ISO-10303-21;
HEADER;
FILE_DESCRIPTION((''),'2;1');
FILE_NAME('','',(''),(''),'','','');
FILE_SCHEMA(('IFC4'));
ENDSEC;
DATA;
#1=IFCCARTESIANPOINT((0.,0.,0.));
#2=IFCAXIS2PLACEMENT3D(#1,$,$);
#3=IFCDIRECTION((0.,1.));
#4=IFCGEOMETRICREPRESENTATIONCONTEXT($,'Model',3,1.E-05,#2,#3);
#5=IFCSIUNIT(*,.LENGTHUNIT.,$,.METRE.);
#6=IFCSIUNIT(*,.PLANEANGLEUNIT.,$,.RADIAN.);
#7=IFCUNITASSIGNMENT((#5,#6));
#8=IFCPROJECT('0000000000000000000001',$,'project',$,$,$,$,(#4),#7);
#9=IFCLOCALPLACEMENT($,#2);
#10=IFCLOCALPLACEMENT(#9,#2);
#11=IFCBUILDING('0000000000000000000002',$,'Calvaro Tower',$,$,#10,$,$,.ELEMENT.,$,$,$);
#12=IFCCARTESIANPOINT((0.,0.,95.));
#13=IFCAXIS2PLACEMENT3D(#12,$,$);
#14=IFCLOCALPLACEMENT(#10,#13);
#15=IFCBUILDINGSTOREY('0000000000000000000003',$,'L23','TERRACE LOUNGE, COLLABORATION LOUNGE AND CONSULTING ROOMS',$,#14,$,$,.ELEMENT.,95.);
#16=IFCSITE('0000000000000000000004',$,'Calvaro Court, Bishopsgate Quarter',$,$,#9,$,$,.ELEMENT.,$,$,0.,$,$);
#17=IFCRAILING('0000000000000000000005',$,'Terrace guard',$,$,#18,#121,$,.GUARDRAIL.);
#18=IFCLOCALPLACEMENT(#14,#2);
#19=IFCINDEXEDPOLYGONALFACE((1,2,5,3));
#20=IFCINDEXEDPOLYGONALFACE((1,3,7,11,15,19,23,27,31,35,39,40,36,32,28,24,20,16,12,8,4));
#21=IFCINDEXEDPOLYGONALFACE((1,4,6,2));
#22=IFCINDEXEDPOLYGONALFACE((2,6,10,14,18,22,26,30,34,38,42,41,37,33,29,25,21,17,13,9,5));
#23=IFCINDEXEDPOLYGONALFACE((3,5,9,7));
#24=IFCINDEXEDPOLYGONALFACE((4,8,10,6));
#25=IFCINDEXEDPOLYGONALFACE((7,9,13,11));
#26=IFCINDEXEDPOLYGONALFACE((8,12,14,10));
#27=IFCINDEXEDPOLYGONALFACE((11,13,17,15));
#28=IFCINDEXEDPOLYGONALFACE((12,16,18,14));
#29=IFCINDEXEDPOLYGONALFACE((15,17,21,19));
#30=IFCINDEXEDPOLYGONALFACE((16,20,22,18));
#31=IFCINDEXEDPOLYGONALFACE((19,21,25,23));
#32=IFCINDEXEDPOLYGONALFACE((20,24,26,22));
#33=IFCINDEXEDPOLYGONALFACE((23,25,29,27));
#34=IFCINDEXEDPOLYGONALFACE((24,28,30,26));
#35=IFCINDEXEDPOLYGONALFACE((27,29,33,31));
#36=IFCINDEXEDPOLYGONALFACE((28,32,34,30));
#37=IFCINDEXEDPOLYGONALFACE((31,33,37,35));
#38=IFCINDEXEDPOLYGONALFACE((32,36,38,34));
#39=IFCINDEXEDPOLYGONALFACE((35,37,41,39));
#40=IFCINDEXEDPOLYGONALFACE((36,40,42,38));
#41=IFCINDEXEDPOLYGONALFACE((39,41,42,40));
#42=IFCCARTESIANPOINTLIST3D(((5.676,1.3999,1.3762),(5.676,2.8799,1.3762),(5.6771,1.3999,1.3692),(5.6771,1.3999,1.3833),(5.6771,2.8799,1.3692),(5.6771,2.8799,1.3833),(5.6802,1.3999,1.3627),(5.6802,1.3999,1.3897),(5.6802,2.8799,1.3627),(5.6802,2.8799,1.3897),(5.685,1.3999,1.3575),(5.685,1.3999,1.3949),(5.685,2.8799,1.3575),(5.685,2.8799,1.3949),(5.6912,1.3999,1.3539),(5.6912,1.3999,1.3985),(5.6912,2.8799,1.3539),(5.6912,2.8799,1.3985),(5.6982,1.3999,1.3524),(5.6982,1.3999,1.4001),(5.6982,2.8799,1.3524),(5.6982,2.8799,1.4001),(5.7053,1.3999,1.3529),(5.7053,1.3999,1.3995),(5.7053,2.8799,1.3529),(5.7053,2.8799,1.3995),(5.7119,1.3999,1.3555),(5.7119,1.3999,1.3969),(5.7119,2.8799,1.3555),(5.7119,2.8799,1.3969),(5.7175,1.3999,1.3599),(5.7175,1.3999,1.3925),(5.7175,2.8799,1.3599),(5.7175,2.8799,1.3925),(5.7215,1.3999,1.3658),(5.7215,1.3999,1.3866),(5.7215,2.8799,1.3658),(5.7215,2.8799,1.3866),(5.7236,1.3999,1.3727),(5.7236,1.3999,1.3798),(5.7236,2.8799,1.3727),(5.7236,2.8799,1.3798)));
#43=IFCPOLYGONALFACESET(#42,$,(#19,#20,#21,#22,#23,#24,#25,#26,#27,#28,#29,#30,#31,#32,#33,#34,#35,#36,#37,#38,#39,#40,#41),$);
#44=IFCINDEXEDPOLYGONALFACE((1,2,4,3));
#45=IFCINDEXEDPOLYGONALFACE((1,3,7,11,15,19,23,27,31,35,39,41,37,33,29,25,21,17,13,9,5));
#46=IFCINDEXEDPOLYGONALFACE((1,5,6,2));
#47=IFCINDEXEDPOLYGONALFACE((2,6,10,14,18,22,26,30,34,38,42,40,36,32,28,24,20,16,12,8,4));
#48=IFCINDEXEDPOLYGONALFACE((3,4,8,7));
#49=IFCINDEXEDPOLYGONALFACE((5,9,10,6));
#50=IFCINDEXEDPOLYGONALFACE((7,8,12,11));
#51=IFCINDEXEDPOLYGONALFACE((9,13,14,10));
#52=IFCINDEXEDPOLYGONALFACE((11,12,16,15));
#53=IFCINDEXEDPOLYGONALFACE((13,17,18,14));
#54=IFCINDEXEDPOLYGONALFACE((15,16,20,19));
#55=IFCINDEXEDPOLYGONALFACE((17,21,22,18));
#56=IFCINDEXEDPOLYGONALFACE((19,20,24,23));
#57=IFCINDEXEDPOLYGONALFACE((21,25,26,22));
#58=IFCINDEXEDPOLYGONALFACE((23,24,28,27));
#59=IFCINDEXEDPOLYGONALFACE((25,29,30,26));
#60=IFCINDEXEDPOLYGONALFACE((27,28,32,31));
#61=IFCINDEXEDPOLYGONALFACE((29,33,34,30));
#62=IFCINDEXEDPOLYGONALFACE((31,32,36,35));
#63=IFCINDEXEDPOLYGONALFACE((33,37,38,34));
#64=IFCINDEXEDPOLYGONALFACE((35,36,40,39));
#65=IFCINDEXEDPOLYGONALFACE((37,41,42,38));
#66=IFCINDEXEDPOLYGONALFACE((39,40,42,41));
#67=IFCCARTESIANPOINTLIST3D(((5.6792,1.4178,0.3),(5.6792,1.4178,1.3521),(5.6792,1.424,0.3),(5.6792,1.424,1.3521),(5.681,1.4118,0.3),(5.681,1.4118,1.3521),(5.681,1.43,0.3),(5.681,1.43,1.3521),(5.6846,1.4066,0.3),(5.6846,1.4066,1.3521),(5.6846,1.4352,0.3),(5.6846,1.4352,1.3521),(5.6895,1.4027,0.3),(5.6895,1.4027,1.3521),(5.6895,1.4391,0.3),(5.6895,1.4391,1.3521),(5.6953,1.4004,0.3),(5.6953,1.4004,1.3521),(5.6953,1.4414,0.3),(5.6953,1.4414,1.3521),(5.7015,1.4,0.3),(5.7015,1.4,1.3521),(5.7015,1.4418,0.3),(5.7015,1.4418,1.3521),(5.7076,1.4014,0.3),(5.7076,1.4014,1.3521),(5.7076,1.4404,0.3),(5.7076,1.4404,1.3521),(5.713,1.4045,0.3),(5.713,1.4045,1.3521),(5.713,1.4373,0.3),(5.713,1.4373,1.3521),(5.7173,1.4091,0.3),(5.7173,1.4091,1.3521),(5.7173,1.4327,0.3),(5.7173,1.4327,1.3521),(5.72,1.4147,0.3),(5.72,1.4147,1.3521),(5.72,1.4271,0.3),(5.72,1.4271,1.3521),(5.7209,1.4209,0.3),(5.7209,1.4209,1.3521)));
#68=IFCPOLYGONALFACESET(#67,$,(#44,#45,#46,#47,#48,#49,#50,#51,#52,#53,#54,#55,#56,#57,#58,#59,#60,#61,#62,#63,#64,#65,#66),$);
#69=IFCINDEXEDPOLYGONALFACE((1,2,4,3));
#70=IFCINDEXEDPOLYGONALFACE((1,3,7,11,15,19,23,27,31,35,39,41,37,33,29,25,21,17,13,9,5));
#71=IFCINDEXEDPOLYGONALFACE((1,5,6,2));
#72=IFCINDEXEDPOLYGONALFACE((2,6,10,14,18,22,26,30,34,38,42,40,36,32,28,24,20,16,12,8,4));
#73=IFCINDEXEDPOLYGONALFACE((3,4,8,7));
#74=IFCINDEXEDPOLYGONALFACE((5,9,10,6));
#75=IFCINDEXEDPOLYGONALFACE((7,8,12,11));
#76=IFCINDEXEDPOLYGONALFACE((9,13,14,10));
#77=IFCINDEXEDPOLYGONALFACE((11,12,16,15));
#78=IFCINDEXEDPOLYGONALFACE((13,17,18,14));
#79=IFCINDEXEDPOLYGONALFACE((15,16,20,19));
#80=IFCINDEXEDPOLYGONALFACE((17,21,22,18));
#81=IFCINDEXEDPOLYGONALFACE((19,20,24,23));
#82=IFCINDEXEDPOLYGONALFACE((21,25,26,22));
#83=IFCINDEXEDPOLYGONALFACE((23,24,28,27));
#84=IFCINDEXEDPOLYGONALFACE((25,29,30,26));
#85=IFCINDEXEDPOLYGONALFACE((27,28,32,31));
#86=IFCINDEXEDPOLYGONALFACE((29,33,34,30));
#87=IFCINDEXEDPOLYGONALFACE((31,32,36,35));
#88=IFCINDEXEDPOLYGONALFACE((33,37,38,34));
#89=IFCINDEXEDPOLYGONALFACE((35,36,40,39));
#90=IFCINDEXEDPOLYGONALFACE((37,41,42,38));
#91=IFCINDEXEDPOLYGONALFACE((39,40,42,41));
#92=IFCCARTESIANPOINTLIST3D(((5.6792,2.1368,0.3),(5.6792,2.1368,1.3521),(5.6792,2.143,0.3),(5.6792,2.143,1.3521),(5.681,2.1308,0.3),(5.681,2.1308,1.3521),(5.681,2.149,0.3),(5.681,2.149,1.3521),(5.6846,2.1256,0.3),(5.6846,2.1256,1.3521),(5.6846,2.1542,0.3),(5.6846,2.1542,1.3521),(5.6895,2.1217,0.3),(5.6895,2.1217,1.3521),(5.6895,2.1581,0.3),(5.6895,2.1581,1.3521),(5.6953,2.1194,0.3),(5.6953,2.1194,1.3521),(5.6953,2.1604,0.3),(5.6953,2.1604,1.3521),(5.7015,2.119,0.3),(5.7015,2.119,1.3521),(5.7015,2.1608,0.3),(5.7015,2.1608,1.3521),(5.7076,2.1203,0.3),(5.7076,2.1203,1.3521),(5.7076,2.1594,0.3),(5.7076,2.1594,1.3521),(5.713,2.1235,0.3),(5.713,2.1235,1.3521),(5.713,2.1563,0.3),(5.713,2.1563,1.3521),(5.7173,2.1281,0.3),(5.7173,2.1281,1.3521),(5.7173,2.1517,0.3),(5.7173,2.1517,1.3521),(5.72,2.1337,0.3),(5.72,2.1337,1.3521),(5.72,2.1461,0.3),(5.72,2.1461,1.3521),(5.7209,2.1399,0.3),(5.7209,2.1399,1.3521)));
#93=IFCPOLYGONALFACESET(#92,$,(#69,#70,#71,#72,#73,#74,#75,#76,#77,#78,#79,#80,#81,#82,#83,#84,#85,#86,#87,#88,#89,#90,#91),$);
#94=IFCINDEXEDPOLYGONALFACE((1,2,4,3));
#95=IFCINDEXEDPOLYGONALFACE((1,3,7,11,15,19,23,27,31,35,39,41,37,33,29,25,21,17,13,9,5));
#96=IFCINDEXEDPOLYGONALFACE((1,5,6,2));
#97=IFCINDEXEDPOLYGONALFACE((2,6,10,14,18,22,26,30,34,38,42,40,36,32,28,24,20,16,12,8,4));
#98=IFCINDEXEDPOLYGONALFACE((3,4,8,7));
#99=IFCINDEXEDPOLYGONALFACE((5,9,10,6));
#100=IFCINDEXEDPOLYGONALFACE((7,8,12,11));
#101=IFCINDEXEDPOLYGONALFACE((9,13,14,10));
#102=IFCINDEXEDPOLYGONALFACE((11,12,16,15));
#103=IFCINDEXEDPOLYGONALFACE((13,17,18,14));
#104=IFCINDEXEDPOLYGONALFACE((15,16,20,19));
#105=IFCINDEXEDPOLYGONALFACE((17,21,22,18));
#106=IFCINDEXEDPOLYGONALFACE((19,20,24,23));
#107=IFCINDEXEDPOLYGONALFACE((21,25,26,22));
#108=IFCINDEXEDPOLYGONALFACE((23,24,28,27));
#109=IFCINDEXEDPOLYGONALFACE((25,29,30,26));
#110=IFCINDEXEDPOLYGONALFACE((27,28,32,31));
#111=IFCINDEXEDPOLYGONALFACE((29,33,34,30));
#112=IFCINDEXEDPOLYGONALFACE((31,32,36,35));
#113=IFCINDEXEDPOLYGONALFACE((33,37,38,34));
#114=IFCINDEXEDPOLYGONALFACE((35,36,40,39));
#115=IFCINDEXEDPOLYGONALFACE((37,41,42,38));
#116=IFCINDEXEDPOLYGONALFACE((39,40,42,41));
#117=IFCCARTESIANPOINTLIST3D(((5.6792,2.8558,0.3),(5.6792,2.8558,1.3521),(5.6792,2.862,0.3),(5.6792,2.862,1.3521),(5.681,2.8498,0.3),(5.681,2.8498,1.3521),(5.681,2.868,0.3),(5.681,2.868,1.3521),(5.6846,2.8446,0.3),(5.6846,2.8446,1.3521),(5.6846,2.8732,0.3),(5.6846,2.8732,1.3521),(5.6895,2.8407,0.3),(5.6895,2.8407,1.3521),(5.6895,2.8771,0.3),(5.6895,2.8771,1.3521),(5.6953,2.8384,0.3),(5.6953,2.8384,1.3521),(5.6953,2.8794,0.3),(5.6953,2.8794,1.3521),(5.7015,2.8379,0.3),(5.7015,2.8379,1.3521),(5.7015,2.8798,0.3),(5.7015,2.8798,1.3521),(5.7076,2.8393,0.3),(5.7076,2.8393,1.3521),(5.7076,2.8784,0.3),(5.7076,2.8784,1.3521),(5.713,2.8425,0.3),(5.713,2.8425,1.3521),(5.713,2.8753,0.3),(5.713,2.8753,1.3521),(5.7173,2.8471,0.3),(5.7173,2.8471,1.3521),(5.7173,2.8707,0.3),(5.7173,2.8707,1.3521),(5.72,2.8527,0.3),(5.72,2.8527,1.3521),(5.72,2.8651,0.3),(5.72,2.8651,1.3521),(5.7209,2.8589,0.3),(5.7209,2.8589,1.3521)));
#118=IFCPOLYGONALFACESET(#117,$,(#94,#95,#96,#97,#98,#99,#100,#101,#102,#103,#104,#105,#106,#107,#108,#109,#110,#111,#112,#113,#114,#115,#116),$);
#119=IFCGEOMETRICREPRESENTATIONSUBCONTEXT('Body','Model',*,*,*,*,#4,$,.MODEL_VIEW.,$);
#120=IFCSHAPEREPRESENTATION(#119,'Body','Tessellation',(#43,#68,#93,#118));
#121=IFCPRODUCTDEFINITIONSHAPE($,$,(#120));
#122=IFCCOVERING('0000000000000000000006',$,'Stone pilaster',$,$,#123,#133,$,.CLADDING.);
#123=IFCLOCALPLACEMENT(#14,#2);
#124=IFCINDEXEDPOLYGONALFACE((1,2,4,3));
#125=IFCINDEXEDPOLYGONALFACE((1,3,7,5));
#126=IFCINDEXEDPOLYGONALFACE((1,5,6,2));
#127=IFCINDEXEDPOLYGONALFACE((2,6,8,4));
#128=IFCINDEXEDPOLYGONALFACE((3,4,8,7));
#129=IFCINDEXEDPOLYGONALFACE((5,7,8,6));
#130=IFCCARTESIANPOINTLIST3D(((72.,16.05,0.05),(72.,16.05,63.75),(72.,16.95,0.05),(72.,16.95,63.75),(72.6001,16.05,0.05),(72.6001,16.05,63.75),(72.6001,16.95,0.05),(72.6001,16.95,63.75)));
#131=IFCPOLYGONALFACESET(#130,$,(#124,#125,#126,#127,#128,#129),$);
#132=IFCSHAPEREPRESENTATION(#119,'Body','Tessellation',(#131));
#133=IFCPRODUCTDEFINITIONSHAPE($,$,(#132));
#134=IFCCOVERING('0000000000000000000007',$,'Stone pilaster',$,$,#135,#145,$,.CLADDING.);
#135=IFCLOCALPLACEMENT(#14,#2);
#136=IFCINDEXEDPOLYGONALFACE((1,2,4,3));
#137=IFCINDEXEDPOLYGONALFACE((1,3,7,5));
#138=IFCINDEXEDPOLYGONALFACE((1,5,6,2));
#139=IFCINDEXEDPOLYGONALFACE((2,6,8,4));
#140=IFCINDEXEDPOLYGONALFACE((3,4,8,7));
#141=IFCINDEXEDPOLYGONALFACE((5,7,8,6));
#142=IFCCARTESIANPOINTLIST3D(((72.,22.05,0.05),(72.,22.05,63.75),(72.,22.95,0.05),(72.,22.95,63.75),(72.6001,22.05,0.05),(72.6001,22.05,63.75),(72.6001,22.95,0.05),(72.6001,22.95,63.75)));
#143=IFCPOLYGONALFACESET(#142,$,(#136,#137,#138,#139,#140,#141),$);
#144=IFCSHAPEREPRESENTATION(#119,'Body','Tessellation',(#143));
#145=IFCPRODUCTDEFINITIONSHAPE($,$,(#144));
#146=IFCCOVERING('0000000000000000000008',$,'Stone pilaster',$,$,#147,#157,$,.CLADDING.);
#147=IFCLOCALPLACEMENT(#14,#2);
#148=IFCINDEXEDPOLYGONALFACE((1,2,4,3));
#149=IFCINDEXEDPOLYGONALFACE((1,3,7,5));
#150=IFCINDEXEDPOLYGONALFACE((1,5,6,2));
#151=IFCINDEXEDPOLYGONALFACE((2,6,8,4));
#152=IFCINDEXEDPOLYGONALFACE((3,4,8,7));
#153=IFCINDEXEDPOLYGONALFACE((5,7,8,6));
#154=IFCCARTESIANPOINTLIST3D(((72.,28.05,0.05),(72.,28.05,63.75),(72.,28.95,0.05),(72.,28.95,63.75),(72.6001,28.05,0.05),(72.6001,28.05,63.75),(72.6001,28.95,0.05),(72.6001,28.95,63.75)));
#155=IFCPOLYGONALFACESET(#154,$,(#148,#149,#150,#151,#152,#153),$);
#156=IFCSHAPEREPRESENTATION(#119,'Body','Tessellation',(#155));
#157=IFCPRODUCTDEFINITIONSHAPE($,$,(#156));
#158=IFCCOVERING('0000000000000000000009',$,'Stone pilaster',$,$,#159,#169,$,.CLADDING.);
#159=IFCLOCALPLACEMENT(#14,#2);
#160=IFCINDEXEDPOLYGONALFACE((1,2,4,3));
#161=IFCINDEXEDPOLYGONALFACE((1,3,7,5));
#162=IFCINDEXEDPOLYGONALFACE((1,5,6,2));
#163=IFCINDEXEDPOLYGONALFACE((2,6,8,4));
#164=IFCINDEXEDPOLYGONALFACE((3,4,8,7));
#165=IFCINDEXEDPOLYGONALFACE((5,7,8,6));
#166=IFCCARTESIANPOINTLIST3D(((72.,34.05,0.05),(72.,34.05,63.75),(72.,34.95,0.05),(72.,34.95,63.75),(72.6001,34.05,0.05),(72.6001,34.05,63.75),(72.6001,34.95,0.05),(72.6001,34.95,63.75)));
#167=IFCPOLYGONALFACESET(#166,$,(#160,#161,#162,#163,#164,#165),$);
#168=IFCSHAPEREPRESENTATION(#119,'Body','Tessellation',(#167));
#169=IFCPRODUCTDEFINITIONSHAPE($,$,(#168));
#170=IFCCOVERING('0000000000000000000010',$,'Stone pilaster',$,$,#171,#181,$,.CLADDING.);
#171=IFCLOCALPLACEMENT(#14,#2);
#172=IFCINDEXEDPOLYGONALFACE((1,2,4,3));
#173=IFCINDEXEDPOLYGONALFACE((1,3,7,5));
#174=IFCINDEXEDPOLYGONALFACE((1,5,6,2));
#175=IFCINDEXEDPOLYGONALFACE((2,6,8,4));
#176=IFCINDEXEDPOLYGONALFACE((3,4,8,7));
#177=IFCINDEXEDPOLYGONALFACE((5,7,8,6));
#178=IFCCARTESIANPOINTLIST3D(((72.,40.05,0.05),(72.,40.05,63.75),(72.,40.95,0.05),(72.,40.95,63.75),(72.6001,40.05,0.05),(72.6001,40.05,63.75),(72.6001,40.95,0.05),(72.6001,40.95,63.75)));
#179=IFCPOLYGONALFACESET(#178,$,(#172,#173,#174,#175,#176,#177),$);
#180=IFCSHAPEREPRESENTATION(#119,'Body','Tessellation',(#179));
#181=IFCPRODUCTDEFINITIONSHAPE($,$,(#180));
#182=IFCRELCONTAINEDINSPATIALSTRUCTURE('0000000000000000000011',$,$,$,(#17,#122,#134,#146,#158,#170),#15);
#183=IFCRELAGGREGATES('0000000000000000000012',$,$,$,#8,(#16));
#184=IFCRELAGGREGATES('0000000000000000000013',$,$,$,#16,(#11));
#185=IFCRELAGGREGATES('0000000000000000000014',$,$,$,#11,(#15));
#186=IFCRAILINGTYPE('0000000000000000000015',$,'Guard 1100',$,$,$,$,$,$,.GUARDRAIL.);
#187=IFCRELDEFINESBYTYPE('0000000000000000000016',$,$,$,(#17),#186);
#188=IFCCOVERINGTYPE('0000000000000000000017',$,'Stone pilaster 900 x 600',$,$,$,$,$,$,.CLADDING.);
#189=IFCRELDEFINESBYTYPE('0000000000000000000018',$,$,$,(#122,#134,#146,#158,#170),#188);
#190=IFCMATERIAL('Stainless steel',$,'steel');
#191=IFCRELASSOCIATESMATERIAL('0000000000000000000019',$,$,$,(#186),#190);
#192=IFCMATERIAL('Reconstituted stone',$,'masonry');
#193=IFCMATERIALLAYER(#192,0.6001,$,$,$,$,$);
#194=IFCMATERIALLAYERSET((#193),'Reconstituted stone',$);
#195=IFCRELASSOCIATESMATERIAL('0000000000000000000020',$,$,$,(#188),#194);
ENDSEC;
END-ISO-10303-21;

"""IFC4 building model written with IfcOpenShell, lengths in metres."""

from ifc_helpers import new_model, si_unit, direction, frame, origin, origin_2d, place, context, subcontext, project, spatial, polyline, circle, outline, extrude, material, layer, layer_set, type_object, element, save


model = new_model("IFC4")

# Units and contexts
model_context = context("Model", 3, precision=1e-05, world=origin(), true_north=direction((0.0, 1.0)))
body_context = subcontext(model_context, "Body", "Model", "MODEL_VIEW")
ifc_project = project(units=[si_unit("LENGTHUNIT", "METRE"), si_unit("PLANEANGLEUNIT", "RADIAN")], contexts=[model_context])

# Site, building, storey
site_placement = place(None, origin())
site = spatial("IfcSite", under=ifc_project, at=site_placement, Name="Calvaro Court, Bishopsgate Quarter", CompositionType="ELEMENT", RefElevation=0.0)
building_placement = place(site_placement, origin())
building = spatial("IfcBuilding", under=site, at=building_placement, Name="Calvaro Tower", CompositionType="ELEMENT")
storey_placement = place(building_placement, frame((0.0, 0.0, 95.0)))
storey = spatial("IfcBuildingStorey", under=building, at=storey_placement, Name="L23", Description="TERRACE LOUNGE, COLLABORATION LOUNGE AND CONSULTING ROOMS", CompositionType="ELEMENT", Elevation=95.0)

# Railing
ifc_material_1 = material(Name="Stainless steel", Category="steel")
railing_type = type_object("IfcRailingType", Name="Guard 1100", PredefinedType="GUARDRAIL", material=ifc_material_1)
railing_1_placement = place(storey_placement, frame((5.7, 1.3999, 0.3)))
element("IfcRailing", 1, at=railing_1_placement, inside=storey, type_object=railing_type, Name="Terrace guard", PredefinedType="GUARDRAIL", context=body_context, shape_type="SweptSolid", body=[
    extrude(circle(Radius=0.0239, at=origin_2d()), frame((0.0, 0.0, 1.0762), z_axis=(0.0, 1.0, 0.0), x_axis=(-1.0, 0.0, 0.0)), (0.0, 0.0, 1.0), 1.48),
    extrude(circle(Radius=0.021, at=origin_2d()), frame((0.0, 0.021, 0.0)), (0.0, 0.0, 1.0), 1.052),
    extrude(circle(Radius=0.021, at=origin_2d()), frame((0.0, 0.74, 0.0)), (0.0, 0.0, 1.0), 1.052),
    extrude(circle(Radius=0.021, at=origin_2d()), frame((0.0, 1.459, 0.0)), (0.0, 0.0, 1.0), 1.052),
])

# Coverings
ifc_material_2 = material(Name="Reconstituted stone", Category="masonry")
ifc_layer_1 = layer(ifc_material_2, 0.6001)
ifc_layer_set_1 = layer_set([ifc_layer_1], Name="Reconstituted stone")
covering_type_1 = type_object("IfcCoveringType", Name="Stone pilaster 900 x 600", PredefinedType="CLADDING", material=ifc_layer_set_1)
covering_1_placement = place(storey_placement, frame((0.0, 0.0, 0.05)))
element("IfcCovering", 2, at=covering_1_placement, inside=storey, type_object=covering_type_1, Name="Stone pilaster", PredefinedType="CLADDING", context=body_context, shape_type="SweptSolid", body=[
    extrude(outline(polyline([(72.0, 16.05), (72.6001, 16.05), (72.6001, 16.95), (72.0, 16.95), (72.0, 16.05)])), origin(), (0.0, 0.0, 1.0), 63.7),
])
covering_2_placement = place(storey_placement, frame((0.0, 0.0, 0.05)))
element("IfcCovering", 3, at=covering_2_placement, inside=storey, type_object=covering_type_1, Name="Stone pilaster", PredefinedType="CLADDING", context=body_context, shape_type="SweptSolid", body=[
    extrude(outline(polyline([(72.0, 22.05), (72.6001, 22.05), (72.6001, 22.95), (72.0, 22.95), (72.0, 22.05)])), origin(), (0.0, 0.0, 1.0), 63.7),
])
covering_3_placement = place(storey_placement, frame((0.0, 0.0, 0.05)))
element("IfcCovering", 4, at=covering_3_placement, inside=storey, type_object=covering_type_1, Name="Stone pilaster", PredefinedType="CLADDING", context=body_context, shape_type="SweptSolid", body=[
    extrude(outline(polyline([(72.0, 28.05), (72.6001, 28.05), (72.6001, 28.95), (72.0, 28.95), (72.0, 28.05)])), origin(), (0.0, 0.0, 1.0), 63.7),
])
covering_4_placement = place(storey_placement, frame((0.0, 0.0, 0.05)))
element("IfcCovering", 5, at=covering_4_placement, inside=storey, type_object=covering_type_1, Name="Stone pilaster", PredefinedType="CLADDING", context=body_context, shape_type="SweptSolid", body=[
    extrude(outline(polyline([(72.0, 34.05), (72.6001, 34.05), (72.6001, 34.95), (72.0, 34.95), (72.0, 34.05)])), origin(), (0.0, 0.0, 1.0), 63.7),
])
covering_5_placement = place(storey_placement, frame((0.0, 0.0, 0.05)))
element("IfcCovering", 6, at=covering_5_placement, inside=storey, type_object=covering_type_1, Name="Stone pilaster", PredefinedType="CLADDING", context=body_context, shape_type="SweptSolid", body=[
    extrude(outline(polyline([(72.0, 40.05), (72.6001, 40.05), (72.6001, 40.95), (72.0, 40.95), (72.0, 40.05)])), origin(), (0.0, 0.0, 1.0), 63.7),
])

save(model, "model.ifc")
